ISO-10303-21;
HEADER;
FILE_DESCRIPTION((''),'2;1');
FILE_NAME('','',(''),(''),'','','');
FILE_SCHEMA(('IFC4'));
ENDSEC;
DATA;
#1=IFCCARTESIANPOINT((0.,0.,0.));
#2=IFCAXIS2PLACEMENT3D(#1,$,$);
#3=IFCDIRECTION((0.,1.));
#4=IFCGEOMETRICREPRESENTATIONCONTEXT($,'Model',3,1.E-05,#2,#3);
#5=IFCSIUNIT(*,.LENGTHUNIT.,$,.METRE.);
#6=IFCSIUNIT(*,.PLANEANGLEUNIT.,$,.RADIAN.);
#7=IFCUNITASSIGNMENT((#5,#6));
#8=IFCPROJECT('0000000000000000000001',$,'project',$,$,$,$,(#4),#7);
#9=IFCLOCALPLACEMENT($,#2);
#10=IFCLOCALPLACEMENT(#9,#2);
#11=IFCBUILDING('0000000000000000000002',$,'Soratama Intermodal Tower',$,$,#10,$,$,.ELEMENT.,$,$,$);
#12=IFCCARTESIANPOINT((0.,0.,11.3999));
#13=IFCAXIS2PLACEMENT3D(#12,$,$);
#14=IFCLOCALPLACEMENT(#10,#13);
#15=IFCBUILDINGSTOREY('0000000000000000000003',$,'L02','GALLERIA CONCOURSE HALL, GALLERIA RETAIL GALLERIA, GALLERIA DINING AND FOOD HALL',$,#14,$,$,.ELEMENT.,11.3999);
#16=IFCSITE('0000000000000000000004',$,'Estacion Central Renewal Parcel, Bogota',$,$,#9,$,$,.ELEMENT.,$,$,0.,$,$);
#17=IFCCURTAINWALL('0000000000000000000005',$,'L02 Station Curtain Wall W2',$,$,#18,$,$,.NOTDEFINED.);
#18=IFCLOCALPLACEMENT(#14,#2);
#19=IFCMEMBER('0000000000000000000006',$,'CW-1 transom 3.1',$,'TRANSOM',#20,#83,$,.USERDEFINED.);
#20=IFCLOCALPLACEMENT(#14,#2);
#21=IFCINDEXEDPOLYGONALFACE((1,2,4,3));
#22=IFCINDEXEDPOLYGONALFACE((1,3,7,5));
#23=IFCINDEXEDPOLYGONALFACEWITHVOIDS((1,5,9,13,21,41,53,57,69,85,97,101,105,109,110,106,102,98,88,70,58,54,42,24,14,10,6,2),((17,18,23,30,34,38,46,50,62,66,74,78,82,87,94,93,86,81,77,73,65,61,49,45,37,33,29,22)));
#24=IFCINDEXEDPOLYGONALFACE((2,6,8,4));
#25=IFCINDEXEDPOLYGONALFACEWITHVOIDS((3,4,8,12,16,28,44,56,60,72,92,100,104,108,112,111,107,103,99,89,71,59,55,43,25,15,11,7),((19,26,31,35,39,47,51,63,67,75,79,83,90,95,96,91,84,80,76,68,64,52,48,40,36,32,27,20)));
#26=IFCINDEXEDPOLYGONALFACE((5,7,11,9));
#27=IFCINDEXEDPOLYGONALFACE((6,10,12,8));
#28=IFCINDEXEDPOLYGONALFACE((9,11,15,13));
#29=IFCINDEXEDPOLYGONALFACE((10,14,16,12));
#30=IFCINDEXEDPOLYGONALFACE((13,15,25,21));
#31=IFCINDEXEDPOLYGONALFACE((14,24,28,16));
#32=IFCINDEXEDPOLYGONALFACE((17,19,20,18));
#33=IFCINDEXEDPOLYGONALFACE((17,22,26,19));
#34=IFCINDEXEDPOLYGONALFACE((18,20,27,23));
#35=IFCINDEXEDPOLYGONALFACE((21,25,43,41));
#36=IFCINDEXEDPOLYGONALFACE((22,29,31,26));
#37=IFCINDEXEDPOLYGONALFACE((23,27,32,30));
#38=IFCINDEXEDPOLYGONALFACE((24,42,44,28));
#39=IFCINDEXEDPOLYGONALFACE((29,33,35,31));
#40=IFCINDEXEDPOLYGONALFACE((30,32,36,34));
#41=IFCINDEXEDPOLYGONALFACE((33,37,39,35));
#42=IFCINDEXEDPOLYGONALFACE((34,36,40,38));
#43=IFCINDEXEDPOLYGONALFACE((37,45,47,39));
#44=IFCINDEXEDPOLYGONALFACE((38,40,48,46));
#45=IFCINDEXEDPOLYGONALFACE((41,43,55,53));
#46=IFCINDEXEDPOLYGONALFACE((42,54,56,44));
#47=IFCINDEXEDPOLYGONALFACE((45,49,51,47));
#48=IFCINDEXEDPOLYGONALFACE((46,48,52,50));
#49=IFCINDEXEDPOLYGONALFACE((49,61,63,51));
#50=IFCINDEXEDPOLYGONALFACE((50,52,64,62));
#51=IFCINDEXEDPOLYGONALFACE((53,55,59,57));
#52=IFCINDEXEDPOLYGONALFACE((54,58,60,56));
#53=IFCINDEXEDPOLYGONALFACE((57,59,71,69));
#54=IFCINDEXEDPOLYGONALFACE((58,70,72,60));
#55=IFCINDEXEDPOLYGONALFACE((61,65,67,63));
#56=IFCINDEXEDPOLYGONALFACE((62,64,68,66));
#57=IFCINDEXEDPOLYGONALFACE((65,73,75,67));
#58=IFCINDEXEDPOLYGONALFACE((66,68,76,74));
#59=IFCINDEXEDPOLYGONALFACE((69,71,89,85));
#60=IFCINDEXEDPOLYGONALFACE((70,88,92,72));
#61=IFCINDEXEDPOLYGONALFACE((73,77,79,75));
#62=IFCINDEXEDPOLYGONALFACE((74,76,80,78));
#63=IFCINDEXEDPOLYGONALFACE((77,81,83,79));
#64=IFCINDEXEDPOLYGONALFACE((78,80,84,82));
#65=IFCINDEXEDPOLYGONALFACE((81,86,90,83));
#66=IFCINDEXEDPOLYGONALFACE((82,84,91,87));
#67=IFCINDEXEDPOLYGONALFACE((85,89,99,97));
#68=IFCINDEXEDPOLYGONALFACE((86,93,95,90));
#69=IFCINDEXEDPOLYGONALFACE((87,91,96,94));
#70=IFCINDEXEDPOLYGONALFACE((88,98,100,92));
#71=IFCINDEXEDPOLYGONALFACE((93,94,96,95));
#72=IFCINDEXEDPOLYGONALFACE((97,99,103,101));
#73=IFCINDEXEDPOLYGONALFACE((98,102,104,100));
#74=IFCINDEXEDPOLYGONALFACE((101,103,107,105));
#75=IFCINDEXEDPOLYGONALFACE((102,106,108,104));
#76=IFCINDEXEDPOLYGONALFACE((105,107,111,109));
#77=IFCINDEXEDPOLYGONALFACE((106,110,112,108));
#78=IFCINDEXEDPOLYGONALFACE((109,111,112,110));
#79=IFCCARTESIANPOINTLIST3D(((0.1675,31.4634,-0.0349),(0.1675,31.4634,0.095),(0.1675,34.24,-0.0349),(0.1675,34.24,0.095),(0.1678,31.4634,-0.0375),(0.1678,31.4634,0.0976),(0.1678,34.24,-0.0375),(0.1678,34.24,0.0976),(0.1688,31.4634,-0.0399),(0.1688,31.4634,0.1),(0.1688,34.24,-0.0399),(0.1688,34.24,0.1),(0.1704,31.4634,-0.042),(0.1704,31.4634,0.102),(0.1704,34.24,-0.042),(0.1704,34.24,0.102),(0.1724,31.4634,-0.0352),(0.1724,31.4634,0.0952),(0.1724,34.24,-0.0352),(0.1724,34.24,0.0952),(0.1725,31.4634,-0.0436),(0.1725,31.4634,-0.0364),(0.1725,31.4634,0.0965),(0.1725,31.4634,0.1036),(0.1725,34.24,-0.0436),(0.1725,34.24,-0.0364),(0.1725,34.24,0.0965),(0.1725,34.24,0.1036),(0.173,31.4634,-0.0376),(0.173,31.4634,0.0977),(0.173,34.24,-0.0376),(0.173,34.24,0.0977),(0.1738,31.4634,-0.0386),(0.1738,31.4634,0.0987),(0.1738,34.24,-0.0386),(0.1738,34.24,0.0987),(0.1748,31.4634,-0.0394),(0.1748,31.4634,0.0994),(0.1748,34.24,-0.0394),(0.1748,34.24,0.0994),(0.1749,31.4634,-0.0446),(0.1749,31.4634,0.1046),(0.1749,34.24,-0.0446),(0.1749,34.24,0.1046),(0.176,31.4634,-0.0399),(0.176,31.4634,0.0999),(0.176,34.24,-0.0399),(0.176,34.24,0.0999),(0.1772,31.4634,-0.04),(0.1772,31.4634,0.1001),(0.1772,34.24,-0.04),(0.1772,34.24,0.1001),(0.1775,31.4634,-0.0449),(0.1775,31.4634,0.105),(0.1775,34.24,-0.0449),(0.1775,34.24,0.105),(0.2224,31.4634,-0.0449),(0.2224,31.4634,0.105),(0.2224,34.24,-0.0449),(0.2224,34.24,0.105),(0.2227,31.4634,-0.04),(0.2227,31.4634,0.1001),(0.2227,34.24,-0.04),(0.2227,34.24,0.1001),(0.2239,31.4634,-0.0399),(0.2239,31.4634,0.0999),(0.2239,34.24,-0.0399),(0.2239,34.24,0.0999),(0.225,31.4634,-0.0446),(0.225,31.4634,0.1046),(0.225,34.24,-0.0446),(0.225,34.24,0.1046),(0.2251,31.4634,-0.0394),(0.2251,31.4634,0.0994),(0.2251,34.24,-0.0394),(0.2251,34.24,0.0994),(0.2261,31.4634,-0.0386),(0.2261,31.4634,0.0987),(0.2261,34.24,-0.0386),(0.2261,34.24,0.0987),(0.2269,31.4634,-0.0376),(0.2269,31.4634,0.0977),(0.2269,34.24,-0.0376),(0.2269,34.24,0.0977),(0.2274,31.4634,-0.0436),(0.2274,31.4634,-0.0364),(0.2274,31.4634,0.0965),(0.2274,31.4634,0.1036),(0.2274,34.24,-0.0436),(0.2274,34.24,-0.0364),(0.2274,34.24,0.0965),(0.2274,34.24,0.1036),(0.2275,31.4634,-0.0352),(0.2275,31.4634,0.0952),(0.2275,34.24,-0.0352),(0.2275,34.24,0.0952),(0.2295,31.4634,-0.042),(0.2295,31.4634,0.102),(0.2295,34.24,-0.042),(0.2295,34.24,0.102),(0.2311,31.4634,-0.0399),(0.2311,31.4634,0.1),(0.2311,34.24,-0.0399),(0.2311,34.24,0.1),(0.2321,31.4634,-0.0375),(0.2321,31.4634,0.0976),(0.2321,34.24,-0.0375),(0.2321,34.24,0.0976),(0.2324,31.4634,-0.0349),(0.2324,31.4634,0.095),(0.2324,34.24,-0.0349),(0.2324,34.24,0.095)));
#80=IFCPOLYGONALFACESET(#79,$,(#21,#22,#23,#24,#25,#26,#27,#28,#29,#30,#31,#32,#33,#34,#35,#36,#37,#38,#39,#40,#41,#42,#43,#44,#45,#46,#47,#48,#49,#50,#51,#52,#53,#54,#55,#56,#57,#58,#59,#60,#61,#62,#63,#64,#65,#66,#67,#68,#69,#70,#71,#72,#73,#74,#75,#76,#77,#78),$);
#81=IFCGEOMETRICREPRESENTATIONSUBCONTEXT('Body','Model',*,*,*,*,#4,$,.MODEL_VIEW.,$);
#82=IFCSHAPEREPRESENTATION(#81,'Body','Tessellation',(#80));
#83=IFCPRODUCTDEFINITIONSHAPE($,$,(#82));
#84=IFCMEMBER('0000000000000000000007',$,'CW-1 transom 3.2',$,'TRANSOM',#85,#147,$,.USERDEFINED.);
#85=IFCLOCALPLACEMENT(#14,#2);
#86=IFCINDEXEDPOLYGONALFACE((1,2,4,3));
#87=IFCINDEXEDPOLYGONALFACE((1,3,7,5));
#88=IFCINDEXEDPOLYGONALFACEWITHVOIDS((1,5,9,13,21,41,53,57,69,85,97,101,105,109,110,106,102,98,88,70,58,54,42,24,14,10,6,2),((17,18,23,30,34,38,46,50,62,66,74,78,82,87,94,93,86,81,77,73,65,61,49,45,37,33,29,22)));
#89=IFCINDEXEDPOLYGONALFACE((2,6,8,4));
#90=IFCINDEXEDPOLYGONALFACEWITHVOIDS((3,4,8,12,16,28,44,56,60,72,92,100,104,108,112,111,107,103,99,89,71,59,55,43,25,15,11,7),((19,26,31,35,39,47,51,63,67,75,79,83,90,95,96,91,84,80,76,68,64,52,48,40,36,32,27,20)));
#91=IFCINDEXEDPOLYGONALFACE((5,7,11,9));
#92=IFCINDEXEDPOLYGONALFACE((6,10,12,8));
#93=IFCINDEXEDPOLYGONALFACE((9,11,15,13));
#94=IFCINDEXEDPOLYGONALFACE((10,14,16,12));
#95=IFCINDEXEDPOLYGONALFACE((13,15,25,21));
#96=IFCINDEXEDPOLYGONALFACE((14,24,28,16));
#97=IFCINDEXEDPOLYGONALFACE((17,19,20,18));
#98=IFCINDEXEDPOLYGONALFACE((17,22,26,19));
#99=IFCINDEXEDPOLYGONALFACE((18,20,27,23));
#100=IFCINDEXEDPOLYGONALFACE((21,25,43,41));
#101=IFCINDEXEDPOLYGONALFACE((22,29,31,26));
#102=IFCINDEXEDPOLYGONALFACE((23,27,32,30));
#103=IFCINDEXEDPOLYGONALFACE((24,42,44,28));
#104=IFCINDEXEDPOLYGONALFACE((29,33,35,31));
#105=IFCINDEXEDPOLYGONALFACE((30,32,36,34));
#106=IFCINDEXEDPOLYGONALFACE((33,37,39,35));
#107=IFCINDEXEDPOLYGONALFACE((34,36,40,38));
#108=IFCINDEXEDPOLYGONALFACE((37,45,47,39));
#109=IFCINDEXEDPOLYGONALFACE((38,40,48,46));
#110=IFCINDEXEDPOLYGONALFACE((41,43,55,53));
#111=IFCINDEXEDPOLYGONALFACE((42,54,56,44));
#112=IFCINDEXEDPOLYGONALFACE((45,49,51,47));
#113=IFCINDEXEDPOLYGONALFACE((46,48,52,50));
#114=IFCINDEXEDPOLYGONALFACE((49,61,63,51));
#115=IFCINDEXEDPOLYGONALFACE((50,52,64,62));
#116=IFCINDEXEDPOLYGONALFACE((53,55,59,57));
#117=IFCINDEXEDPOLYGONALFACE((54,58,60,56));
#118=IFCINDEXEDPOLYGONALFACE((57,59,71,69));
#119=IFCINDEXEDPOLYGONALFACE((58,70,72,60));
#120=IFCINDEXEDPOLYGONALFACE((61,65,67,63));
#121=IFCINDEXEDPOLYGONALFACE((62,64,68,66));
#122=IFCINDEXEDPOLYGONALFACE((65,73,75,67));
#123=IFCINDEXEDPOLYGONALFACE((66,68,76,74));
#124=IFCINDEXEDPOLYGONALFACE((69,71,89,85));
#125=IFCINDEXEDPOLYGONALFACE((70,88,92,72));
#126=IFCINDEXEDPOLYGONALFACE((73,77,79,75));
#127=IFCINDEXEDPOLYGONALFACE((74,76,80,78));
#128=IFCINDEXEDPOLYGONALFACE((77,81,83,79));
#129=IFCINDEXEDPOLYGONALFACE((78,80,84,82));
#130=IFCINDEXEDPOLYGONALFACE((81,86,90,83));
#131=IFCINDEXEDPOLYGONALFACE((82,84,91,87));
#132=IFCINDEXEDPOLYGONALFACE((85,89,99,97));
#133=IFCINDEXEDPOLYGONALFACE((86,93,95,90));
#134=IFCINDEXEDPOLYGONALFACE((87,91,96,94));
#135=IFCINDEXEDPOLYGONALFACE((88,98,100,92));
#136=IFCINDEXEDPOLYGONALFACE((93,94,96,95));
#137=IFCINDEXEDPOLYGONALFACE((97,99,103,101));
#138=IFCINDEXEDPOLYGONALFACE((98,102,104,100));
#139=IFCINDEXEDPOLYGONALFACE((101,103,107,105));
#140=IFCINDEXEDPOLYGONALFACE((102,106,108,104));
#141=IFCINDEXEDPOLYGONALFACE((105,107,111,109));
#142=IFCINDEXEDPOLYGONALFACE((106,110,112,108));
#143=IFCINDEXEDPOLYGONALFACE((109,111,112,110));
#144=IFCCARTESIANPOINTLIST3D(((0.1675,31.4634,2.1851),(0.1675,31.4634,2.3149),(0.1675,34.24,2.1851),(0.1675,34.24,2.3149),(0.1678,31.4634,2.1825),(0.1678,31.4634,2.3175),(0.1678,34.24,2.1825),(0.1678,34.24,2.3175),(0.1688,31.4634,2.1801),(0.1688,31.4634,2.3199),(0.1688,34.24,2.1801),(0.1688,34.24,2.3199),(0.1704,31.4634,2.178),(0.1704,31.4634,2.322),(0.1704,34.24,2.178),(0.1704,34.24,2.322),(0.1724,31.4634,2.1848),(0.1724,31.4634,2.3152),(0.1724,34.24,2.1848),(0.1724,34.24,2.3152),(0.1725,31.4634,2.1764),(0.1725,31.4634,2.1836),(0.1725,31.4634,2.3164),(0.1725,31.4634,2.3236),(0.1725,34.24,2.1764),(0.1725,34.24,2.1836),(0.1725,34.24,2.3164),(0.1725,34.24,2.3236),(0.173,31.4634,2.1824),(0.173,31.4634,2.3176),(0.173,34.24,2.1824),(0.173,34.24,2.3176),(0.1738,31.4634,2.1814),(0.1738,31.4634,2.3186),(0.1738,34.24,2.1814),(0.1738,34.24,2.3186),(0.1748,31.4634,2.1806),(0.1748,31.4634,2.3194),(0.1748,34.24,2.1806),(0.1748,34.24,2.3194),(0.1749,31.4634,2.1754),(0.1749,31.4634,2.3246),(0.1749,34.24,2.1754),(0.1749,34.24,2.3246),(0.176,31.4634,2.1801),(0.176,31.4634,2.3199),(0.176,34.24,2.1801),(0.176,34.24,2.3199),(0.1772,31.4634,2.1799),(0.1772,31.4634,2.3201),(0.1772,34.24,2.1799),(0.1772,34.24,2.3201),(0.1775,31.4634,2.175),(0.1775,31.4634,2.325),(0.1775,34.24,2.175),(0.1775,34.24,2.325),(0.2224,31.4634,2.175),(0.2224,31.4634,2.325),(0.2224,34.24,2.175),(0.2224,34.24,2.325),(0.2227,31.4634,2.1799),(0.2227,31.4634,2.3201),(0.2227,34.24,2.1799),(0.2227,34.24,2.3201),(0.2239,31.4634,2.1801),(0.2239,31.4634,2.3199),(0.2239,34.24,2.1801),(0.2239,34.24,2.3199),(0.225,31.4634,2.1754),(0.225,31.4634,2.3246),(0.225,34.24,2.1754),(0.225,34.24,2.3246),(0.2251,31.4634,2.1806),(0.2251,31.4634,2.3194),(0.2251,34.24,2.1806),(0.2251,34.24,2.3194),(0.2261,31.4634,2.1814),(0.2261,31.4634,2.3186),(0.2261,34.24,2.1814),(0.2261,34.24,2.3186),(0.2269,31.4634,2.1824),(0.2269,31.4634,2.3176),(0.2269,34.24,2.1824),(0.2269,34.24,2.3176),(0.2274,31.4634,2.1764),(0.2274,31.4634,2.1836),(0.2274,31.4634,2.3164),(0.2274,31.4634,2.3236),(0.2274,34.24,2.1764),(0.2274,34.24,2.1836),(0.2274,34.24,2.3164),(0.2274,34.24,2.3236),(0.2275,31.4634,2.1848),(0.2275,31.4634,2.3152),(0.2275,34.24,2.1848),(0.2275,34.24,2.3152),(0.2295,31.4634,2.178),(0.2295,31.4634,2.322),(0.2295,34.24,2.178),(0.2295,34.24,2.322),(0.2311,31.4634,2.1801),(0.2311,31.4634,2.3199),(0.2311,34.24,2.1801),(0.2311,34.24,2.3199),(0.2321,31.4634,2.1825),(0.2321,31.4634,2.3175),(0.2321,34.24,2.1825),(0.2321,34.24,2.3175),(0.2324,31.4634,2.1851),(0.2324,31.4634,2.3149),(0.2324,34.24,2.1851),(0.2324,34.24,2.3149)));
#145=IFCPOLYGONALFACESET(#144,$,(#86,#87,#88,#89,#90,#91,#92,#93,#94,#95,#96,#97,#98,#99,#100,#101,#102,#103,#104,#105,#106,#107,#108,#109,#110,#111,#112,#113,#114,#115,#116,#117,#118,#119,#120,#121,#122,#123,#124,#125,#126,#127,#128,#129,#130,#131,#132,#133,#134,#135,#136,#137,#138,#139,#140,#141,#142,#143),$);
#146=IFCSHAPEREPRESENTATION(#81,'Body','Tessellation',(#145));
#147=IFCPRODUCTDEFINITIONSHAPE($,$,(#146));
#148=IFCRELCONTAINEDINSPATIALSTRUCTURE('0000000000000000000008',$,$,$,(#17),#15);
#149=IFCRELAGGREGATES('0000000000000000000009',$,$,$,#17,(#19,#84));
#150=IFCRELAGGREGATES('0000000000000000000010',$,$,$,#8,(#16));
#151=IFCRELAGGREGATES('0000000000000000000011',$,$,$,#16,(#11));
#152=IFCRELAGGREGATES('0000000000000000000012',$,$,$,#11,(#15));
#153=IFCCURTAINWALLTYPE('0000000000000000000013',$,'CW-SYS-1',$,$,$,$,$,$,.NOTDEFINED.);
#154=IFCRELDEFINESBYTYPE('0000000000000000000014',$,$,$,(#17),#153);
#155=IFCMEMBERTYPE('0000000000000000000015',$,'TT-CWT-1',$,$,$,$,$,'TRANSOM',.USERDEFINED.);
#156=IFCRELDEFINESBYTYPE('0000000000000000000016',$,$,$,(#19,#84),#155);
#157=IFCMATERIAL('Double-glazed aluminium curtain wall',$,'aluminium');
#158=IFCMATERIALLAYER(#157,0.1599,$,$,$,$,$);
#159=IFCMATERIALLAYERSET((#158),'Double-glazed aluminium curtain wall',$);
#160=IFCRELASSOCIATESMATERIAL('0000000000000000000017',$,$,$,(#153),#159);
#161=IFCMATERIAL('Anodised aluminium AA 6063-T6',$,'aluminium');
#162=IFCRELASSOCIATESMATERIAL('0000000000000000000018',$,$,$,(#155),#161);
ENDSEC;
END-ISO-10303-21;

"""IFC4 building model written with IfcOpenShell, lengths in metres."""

from ifc_helpers import new_model, si_unit, direction, frame, origin, origin_2d, place, context, subcontext, project, spatial, hollow_rectangle, extrude, material, layer, layer_set, material_profile, profile_set, type_object, element, aggregate, save


model = new_model("IFC4")

# Units and contexts
model_context = context("Model", 3, precision=1e-05, world=origin(), true_north=direction((0.0, 1.0)))
body_context = subcontext(model_context, "Body", "Model", "MODEL_VIEW")
ifc_project = project(units=[si_unit("LENGTHUNIT", "METRE"), si_unit("PLANEANGLEUNIT", "RADIAN")], contexts=[model_context])

# Site, building, storey
site_placement = place(None, origin())
site = spatial("IfcSite", under=ifc_project, at=site_placement, Name="Estacion Central Renewal Parcel, Bogota", CompositionType="ELEMENT", RefElevation=0.0)
building_placement = place(site_placement, origin())
building = spatial("IfcBuilding", under=site, at=building_placement, Name="Soratama Intermodal Tower", CompositionType="ELEMENT")
storey_placement = place(building_placement, frame((0.0, 0.0, 11.3999)))
storey = spatial("IfcBuildingStorey", under=building, at=storey_placement, Name="L02", Description="GALLERIA CONCOURSE HALL, GALLERIA RETAIL GALLERIA, GALLERIA DINING AND FOOD HALL", CompositionType="ELEMENT", Elevation=11.3999)

# Curtain wall, members
ifc_material_1 = material(Name="Double-glazed aluminium curtain wall", Category="aluminium")
ifc_layer_1 = layer(ifc_material_1, 0.1599)
ifc_layer_set_1 = layer_set([ifc_layer_1], Name="Double-glazed aluminium curtain wall")
curtain_wall_type = type_object("IfcCurtainWallType", Name="CW-SYS-1", PredefinedType="NOTDEFINED", material=ifc_layer_set_1)
curtain_wall_placement = place(storey_placement, origin())
curtain_wall = element("IfcCurtainWall", 1, at=curtain_wall_placement, inside=storey, type_object=curtain_wall_type, Name="L02 Station Curtain Wall W2", PredefinedType="NOTDEFINED")
ifc_material_2 = material(Name="Anodised aluminium AA 6063-T6", Category="aluminium")
ifc_material_profile_1 = material_profile(ifc_material_2, hollow_rectangle(XDim=0.0649, YDim=0.1499, WallThickness=0.0049, InnerFilletRadius=0.0049, OuterFilletRadius=0.01, at=origin_2d()), Name="CWT150X65X5")
ifc_profile_set_1 = profile_set([ifc_material_profile_1], Name="Anodised aluminium AA 6063-T6")
member_type_1 = type_object("IfcMemberType", Name="TT-CWT-1", ElementType="TRANSOM", PredefinedType="USERDEFINED", material=ifc_profile_set_1)
member_1_placement = place(storey_placement, frame((0.2, 31.4634, 0.03), z_axis=(0.0, 1.0, 0.0), x_axis=(-1.0, 0.0, 0.0)))
member_1 = element("IfcMember", 2, at=member_1_placement, type_object=member_type_1, Name="CW-1 transom 3.1", ObjectType="TRANSOM", PredefinedType="USERDEFINED", context=body_context, shape_type="SweptSolid", body=[
    extrude(hollow_rectangle(XDim=0.0649, YDim=0.1499, WallThickness=0.0049, InnerFilletRadius=0.0049, OuterFilletRadius=0.01, at=origin_2d()), origin(), (0.0, 0.0, 1.0), 2.7766),
])
member_2_placement = place(storey_placement, frame((0.2, 31.4634, 2.25), z_axis=(0.0, 1.0, 0.0), x_axis=(-1.0, 0.0, 0.0)))
member_2 = element("IfcMember", 3, at=member_2_placement, type_object=member_type_1, Name="CW-1 transom 3.2", ObjectType="TRANSOM", PredefinedType="USERDEFINED", context=body_context, shape_type="SweptSolid", body=[
    extrude(hollow_rectangle(XDim=0.0649, YDim=0.1499, WallThickness=0.0049, InnerFilletRadius=0.0049, OuterFilletRadius=0.01, at=origin_2d()), origin(), (0.0, 0.0, 1.0), 2.7766),
])
aggregate(curtain_wall, [member_1, member_2])

save(model, "model.ifc")
